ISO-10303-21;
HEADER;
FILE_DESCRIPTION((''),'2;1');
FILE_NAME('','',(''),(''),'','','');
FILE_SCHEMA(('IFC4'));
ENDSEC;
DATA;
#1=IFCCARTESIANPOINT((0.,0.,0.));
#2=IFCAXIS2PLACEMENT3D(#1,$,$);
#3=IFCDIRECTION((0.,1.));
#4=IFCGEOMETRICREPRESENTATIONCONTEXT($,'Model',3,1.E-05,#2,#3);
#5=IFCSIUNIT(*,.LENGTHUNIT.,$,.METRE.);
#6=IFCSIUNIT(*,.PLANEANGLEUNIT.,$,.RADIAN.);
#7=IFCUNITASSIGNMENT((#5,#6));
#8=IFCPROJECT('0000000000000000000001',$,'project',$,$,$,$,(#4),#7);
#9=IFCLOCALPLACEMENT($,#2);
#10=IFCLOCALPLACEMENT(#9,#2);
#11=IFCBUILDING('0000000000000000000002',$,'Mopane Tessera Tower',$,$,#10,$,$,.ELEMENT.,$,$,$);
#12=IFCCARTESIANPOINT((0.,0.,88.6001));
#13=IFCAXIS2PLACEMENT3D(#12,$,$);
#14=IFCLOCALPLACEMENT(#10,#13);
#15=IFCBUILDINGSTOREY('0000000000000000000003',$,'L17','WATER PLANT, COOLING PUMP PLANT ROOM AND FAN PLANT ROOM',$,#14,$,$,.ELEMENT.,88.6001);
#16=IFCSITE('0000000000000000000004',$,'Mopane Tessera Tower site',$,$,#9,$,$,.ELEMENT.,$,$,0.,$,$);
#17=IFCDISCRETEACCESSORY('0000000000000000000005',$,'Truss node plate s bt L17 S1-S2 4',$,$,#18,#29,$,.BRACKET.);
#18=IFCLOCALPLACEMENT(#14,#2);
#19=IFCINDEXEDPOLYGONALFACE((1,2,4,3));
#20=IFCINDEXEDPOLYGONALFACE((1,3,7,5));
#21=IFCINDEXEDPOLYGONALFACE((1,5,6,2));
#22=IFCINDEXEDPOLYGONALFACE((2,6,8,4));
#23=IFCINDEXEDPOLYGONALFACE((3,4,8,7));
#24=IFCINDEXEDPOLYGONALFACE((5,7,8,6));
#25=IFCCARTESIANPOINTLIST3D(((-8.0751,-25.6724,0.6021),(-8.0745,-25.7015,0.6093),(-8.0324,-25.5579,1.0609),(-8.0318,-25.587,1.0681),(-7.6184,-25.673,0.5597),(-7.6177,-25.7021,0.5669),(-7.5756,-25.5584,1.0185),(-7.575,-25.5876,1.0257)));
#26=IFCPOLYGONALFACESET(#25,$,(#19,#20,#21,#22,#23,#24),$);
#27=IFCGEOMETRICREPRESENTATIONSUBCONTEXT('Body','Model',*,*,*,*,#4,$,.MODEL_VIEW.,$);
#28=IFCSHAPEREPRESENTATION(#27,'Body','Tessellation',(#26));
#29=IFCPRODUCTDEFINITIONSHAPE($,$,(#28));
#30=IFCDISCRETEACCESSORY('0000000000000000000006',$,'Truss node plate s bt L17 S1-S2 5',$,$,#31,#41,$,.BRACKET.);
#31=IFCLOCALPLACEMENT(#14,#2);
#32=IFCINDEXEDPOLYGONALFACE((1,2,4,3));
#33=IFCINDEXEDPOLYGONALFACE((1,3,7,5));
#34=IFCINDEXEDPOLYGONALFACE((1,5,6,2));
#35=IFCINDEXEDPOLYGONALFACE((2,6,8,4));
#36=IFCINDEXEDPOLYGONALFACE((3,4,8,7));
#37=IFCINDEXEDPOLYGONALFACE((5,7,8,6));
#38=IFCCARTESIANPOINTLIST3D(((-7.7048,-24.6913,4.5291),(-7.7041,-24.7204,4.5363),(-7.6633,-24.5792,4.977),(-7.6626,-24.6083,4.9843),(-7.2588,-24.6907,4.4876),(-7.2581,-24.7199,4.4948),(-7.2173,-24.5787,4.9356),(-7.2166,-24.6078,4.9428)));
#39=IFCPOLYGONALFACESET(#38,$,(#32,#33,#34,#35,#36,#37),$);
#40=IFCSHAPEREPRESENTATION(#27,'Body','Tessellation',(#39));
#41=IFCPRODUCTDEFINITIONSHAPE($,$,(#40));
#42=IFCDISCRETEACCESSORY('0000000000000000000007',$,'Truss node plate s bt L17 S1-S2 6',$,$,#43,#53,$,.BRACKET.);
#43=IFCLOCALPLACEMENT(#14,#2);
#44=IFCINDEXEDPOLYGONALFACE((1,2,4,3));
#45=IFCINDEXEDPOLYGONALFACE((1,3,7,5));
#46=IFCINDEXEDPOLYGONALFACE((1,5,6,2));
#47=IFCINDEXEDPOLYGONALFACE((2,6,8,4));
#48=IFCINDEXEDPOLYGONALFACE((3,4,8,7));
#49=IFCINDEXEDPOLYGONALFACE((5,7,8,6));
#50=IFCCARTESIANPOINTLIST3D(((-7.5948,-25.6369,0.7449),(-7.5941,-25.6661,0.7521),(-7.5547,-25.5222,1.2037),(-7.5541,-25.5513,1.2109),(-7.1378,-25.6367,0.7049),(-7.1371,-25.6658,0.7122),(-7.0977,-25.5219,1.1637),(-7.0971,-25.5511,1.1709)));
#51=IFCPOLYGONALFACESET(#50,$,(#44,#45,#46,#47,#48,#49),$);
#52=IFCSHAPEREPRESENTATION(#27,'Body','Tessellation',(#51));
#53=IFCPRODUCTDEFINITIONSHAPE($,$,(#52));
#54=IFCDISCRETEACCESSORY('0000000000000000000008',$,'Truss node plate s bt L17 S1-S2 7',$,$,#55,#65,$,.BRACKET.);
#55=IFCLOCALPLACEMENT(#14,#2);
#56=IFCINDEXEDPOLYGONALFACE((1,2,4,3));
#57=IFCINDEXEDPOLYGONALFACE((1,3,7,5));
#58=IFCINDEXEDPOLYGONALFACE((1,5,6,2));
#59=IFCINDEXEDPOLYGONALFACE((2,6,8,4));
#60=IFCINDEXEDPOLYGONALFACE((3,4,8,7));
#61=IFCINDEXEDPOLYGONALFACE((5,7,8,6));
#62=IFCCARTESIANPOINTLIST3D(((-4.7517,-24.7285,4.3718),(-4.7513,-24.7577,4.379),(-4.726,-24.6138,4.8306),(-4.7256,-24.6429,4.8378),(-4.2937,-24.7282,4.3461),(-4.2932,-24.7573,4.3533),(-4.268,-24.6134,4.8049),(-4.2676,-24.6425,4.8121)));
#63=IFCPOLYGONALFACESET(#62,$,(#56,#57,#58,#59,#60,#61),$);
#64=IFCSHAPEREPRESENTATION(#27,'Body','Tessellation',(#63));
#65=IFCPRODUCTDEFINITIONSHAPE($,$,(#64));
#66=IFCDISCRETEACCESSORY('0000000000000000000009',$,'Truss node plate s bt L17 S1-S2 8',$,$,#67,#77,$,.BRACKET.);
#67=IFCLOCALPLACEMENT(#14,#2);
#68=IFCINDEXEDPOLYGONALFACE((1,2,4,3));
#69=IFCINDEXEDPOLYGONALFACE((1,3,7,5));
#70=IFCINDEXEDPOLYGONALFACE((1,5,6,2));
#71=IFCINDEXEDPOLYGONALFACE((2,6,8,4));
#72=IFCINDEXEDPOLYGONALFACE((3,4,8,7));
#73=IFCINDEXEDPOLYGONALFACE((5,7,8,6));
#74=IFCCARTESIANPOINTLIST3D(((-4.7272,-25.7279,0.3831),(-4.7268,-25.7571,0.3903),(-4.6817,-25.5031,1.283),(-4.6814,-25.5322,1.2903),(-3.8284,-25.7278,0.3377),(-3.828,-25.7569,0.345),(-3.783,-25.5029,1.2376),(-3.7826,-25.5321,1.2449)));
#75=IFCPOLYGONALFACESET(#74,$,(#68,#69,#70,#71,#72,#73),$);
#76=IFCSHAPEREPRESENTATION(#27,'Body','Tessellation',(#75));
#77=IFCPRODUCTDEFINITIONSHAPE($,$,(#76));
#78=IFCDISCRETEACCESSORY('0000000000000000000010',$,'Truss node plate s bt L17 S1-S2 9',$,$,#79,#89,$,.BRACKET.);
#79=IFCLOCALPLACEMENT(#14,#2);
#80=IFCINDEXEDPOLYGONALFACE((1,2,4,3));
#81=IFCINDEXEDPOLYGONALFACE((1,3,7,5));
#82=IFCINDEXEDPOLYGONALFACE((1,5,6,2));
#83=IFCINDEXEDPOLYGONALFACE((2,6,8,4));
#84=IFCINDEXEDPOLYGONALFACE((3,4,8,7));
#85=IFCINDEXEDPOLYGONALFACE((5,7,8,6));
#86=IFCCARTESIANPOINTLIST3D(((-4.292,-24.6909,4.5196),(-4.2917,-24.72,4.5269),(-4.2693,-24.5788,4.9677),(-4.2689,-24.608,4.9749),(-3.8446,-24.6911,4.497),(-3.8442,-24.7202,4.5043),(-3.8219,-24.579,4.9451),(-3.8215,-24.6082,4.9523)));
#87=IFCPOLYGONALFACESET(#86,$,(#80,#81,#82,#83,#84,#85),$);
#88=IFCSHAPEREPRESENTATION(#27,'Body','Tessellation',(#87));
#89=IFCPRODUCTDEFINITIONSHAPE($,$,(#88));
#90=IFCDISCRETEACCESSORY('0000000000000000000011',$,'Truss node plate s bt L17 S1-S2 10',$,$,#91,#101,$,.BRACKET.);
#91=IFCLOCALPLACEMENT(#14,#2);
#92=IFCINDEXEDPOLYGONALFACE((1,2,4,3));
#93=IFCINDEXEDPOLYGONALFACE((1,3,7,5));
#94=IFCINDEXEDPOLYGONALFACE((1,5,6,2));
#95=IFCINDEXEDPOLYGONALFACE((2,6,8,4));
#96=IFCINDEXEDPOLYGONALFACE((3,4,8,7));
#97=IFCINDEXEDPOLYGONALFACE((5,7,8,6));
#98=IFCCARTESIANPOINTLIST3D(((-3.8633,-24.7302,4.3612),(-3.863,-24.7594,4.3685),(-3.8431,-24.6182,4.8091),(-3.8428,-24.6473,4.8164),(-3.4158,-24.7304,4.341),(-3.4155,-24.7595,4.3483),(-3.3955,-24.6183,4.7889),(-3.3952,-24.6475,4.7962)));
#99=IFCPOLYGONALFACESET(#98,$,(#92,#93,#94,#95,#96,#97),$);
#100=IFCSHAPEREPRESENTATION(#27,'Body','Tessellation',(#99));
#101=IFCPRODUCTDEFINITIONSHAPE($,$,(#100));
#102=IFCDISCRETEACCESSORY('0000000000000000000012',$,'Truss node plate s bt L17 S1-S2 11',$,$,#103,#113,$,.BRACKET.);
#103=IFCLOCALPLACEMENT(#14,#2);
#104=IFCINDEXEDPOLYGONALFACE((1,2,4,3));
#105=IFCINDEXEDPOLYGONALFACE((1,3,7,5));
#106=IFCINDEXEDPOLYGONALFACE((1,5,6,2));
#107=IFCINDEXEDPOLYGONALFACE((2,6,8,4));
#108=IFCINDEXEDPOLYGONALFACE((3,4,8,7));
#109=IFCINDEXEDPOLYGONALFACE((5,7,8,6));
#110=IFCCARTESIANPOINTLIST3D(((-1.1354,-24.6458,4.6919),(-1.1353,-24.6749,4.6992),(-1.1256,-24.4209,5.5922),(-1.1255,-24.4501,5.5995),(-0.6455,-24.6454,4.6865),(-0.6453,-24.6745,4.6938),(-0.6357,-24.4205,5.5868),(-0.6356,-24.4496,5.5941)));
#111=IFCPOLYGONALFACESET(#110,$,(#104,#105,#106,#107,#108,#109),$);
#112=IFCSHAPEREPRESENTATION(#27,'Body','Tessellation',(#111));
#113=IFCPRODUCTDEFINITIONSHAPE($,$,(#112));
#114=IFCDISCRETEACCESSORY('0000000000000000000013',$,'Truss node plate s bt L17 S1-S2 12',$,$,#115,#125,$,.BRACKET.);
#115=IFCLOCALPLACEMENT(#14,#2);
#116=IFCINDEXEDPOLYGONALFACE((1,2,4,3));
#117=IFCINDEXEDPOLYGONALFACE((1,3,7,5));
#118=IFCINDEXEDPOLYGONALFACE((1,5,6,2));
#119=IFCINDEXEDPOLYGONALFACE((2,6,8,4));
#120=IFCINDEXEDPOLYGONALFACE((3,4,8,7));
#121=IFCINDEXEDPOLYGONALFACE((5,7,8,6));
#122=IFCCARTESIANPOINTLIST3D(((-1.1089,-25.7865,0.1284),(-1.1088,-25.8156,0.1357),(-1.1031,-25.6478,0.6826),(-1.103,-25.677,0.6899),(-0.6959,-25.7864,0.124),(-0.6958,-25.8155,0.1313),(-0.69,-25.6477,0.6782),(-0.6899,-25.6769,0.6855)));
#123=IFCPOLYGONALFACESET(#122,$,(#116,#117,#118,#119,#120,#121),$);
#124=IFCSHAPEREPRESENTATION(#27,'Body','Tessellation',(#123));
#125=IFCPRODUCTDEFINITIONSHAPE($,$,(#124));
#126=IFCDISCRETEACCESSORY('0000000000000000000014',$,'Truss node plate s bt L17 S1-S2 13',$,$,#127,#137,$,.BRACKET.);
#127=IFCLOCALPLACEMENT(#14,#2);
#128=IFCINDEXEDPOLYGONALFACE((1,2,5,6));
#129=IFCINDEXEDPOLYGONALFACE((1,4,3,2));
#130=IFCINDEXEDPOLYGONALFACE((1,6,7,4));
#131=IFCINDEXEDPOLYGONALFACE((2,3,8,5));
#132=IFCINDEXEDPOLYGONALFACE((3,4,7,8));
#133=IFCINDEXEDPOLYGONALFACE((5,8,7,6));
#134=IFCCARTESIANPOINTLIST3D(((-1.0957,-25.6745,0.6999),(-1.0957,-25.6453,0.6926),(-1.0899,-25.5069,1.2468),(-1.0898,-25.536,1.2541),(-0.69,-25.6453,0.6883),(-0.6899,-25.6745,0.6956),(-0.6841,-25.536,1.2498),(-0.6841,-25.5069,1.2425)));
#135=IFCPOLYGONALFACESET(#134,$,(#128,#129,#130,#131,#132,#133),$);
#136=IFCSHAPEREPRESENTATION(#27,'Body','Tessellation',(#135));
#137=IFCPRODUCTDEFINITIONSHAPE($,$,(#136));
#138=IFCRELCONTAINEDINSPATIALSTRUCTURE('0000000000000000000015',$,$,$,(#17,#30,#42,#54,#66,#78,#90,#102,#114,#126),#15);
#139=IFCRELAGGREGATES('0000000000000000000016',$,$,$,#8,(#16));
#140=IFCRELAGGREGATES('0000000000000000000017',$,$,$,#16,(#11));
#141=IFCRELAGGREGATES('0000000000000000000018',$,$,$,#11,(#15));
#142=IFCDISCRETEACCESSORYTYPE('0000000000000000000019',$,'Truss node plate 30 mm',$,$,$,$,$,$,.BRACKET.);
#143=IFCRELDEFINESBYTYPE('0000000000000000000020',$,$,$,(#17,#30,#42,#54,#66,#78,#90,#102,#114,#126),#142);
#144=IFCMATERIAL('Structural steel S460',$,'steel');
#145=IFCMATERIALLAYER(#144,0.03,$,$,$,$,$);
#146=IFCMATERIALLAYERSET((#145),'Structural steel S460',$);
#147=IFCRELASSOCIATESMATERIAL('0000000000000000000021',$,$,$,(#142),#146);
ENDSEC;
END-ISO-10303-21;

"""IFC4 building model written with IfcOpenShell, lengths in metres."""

from ifc_helpers import new_model, si_unit, direction, frame, origin, origin_2d, place, context, subcontext, project, spatial, rectangle, extrude, material, layer, layer_set, type_object, element, save


model = new_model("IFC4")

# Units and contexts
model_context = context("Model", 3, precision=1e-05, world=origin(), true_north=direction((0.0, 1.0)))
body_context = subcontext(model_context, "Body", "Model", "MODEL_VIEW")
ifc_project = project(units=[si_unit("LENGTHUNIT", "METRE"), si_unit("PLANEANGLEUNIT", "RADIAN")], contexts=[model_context])

# Site, building, storey
site_placement = place(None, origin())
site = spatial("IfcSite", under=ifc_project, at=site_placement, Name="Mopane Tessera Tower site", CompositionType="ELEMENT", RefElevation=0.0)
building_placement = place(site_placement, origin())
building = spatial("IfcBuilding", under=site, at=building_placement, Name="Mopane Tessera Tower", CompositionType="ELEMENT")
storey_placement = place(building_placement, frame((0.0, 0.0, 88.6001)))
storey = spatial("IfcBuildingStorey", under=building, at=storey_placement, Name="L17", Description="WATER PLANT, COOLING PUMP PLANT ROOM AND FAN PLANT ROOM", CompositionType="ELEMENT", Elevation=88.6001)

# Discrete accessories
ifc_material_1 = material(Name="Structural steel S460", Category="steel")
ifc_layer_1 = layer(ifc_material_1, 0.03)
ifc_layer_set_1 = layer_set([ifc_layer_1], Name="Structural steel S460")
discrete_accessory_type_1 = type_object("IfcDiscreteAccessoryType", Name="Truss node plate 30 mm", PredefinedType="BRACKET", material=ifc_layer_set_1)
discrete_accessory_1_placement = place(storey_placement, frame((-7.8464, -25.6873, 0.5845), z_axis=(0.089996, 0.241188, 0.966296), x_axis=(-0.021085, 0.970478, -0.240268)))
element("IfcDiscreteAccessory", 1, at=discrete_accessory_1_placement, inside=storey, type_object=discrete_accessory_type_1, Name="Truss node plate s bt L17 S1-S2 4", PredefinedType="BRACKET", context=body_context, shape_type="SweptSolid", body=[
    extrude(rectangle(XDim=0.03, YDim=0.4587, at=origin_2d()), origin(), (0.0, 0.0, 1.0), 0.4749),
])
discrete_accessory_2_placement = place(storey_placement, frame((-7.4814, -24.7056, 4.512), z_axis=(0.089513, 0.241686, 0.966217), x_axis=(-0.023468, 0.970354, -0.240547)))
element("IfcDiscreteAccessory", 2, at=discrete_accessory_2_placement, inside=storey, type_object=discrete_accessory_type_1, Name="Truss node plate s bt L17 S1-S2 5", PredefinedType="BRACKET", context=body_context, shape_type="SweptSolid", body=[
    extrude(rectangle(XDim=0.03, YDim=0.448, at=origin_2d()), origin(), (0.0, 0.0, 1.0), 0.4636),
])
discrete_accessory_3_placement = place(storey_placement, frame((-7.366, -25.6514, 0.7285), z_axis=(0.08437, 0.241792, 0.966653), x_axis=(-0.021547, 0.970328, -0.24083)))
element("IfcDiscreteAccessory", 3, at=discrete_accessory_3_placement, inside=storey, type_object=discrete_accessory_type_1, Name="Truss node plate s bt L17 S1-S2 6", PredefinedType="BRACKET", context=body_context, shape_type="SweptSolid", body=[
    extrude(rectangle(XDim=0.03, YDim=0.4587, at=origin_2d()), origin(), (0.0, 0.0, 1.0), 0.4746),
])
discrete_accessory_4_placement = place(storey_placement, frame((-4.5225, -24.7429, 4.3625), z_axis=(0.054131, 0.242301, 0.96869), x_axis=(-0.014352, 0.970201, -0.241877)))
element("IfcDiscreteAccessory", 4, at=discrete_accessory_4_placement, inside=storey, type_object=discrete_accessory_type_1, Name="Truss node plate s bt L17 S1-S2 7", PredefinedType="BRACKET", context=body_context, shape_type="SweptSolid", body=[
    extrude(rectangle(XDim=0.03, YDim=0.4587, at=origin_2d()), origin(), (0.0, 0.0, 1.0), 0.4736),
])
discrete_accessory_5_placement = place(storey_placement, frame((-4.2776, -25.7424, 0.364), z_axis=(0.048898, 0.242122, 0.969013), x_axis=(-0.012353, 0.970246, -0.241806)))
element("IfcDiscreteAccessory", 5, at=discrete_accessory_5_placement, inside=storey, type_object=discrete_accessory_type_1, Name="Truss node plate s bt L17 S1-S2 8", PredefinedType="BRACKET", context=body_context, shape_type="SweptSolid", body=[
    extrude(rectangle(XDim=0.03, YDim=0.8999, at=origin_2d()), origin(), (0.0, 0.0, 1.0), 0.9287),
])
discrete_accessory_6_placement = place(storey_placement, frame((-4.0681, -24.7056, 4.512), z_axis=(0.049107, 0.242367, 0.968941), x_axis=(-0.011752, 0.970184, -0.242083)))
element("IfcDiscreteAccessory", 6, at=discrete_accessory_6_placement, inside=storey, type_object=discrete_accessory_type_1, Name="Truss node plate s bt L17 S1-S2 9", PredefinedType="BRACKET", context=body_context, shape_type="SweptSolid", body=[
    extrude(rectangle(XDim=0.03, YDim=0.448, at=origin_2d()), origin(), (0.0, 0.0, 1.0), 0.4624),
])
discrete_accessory_7_placement = place(storey_placement, frame((-3.6394, -24.7449, 4.3547), z_axis=(0.043838, 0.242427, 0.969179), x_axis=(-0.010575, 0.97017, -0.242196)))
element("IfcDiscreteAccessory", 7, at=discrete_accessory_7_placement, inside=storey, type_object=discrete_accessory_type_1, Name="Truss node plate s bt L17 S1-S2 10", PredefinedType="BRACKET", context=body_context, shape_type="SweptSolid", body=[
    extrude(rectangle(XDim=0.03, YDim=0.448, at=origin_2d()), origin(), (0.0, 0.0, 1.0), 0.4622),
])
discrete_accessory_8_placement = place(storey_placement, frame((-0.8904, -24.6602, 4.6929), z_axis=(0.010525, 0.242336, 0.970135), x_axis=(-0.003565, 0.970192, -0.242312)))
element("IfcDiscreteAccessory", 8, at=discrete_accessory_8_placement, inside=storey, type_object=discrete_accessory_type_1, Name="Truss node plate s bt L17 S1-S2 11", PredefinedType="BRACKET", context=body_context, shape_type="SweptSolid", body=[
    extrude(rectangle(XDim=0.03, YDim=0.49, at=origin_2d()), origin(), (0.0, 0.0, 1.0), 0.928),
])
discrete_accessory_9_placement = place(storey_placement, frame((-0.9023, -25.801, 0.1299), z_axis=(0.010256, 0.242724, 0.970041), x_axis=(-0.002837, 0.970095, -0.242708)))
element("IfcDiscreteAccessory", 9, at=discrete_accessory_9_placement, inside=storey, type_object=discrete_accessory_type_1, Name="Truss node plate s bt L17 S1-S2 12", PredefinedType="BRACKET", context=body_context, shape_type="SweptSolid", body=[
    extrude(rectangle(XDim=0.03, YDim=0.4131, at=origin_2d()), origin(), (0.0, 0.0, 1.0), 0.5713),
])
discrete_accessory_10_placement = place(storey_placement, frame((-0.8928, -25.6599, 0.6941), z_axis=(0.010257, 0.242322, 0.970142), x_axis=(-0.002587, 0.970196, -0.242308)))
element("IfcDiscreteAccessory", 10, at=discrete_accessory_10_placement, inside=storey, type_object=discrete_accessory_type_1, Name="Truss node plate s bt L17 S1-S2 13", PredefinedType="BRACKET", context=body_context, shape_type="SweptSolid", body=[
    extrude(rectangle(XDim=0.03, YDim=0.4058, at=origin_2d()), origin(), (0.0, 0.0, 1.0), 0.5713),
])

save(model, "model.ifc")
